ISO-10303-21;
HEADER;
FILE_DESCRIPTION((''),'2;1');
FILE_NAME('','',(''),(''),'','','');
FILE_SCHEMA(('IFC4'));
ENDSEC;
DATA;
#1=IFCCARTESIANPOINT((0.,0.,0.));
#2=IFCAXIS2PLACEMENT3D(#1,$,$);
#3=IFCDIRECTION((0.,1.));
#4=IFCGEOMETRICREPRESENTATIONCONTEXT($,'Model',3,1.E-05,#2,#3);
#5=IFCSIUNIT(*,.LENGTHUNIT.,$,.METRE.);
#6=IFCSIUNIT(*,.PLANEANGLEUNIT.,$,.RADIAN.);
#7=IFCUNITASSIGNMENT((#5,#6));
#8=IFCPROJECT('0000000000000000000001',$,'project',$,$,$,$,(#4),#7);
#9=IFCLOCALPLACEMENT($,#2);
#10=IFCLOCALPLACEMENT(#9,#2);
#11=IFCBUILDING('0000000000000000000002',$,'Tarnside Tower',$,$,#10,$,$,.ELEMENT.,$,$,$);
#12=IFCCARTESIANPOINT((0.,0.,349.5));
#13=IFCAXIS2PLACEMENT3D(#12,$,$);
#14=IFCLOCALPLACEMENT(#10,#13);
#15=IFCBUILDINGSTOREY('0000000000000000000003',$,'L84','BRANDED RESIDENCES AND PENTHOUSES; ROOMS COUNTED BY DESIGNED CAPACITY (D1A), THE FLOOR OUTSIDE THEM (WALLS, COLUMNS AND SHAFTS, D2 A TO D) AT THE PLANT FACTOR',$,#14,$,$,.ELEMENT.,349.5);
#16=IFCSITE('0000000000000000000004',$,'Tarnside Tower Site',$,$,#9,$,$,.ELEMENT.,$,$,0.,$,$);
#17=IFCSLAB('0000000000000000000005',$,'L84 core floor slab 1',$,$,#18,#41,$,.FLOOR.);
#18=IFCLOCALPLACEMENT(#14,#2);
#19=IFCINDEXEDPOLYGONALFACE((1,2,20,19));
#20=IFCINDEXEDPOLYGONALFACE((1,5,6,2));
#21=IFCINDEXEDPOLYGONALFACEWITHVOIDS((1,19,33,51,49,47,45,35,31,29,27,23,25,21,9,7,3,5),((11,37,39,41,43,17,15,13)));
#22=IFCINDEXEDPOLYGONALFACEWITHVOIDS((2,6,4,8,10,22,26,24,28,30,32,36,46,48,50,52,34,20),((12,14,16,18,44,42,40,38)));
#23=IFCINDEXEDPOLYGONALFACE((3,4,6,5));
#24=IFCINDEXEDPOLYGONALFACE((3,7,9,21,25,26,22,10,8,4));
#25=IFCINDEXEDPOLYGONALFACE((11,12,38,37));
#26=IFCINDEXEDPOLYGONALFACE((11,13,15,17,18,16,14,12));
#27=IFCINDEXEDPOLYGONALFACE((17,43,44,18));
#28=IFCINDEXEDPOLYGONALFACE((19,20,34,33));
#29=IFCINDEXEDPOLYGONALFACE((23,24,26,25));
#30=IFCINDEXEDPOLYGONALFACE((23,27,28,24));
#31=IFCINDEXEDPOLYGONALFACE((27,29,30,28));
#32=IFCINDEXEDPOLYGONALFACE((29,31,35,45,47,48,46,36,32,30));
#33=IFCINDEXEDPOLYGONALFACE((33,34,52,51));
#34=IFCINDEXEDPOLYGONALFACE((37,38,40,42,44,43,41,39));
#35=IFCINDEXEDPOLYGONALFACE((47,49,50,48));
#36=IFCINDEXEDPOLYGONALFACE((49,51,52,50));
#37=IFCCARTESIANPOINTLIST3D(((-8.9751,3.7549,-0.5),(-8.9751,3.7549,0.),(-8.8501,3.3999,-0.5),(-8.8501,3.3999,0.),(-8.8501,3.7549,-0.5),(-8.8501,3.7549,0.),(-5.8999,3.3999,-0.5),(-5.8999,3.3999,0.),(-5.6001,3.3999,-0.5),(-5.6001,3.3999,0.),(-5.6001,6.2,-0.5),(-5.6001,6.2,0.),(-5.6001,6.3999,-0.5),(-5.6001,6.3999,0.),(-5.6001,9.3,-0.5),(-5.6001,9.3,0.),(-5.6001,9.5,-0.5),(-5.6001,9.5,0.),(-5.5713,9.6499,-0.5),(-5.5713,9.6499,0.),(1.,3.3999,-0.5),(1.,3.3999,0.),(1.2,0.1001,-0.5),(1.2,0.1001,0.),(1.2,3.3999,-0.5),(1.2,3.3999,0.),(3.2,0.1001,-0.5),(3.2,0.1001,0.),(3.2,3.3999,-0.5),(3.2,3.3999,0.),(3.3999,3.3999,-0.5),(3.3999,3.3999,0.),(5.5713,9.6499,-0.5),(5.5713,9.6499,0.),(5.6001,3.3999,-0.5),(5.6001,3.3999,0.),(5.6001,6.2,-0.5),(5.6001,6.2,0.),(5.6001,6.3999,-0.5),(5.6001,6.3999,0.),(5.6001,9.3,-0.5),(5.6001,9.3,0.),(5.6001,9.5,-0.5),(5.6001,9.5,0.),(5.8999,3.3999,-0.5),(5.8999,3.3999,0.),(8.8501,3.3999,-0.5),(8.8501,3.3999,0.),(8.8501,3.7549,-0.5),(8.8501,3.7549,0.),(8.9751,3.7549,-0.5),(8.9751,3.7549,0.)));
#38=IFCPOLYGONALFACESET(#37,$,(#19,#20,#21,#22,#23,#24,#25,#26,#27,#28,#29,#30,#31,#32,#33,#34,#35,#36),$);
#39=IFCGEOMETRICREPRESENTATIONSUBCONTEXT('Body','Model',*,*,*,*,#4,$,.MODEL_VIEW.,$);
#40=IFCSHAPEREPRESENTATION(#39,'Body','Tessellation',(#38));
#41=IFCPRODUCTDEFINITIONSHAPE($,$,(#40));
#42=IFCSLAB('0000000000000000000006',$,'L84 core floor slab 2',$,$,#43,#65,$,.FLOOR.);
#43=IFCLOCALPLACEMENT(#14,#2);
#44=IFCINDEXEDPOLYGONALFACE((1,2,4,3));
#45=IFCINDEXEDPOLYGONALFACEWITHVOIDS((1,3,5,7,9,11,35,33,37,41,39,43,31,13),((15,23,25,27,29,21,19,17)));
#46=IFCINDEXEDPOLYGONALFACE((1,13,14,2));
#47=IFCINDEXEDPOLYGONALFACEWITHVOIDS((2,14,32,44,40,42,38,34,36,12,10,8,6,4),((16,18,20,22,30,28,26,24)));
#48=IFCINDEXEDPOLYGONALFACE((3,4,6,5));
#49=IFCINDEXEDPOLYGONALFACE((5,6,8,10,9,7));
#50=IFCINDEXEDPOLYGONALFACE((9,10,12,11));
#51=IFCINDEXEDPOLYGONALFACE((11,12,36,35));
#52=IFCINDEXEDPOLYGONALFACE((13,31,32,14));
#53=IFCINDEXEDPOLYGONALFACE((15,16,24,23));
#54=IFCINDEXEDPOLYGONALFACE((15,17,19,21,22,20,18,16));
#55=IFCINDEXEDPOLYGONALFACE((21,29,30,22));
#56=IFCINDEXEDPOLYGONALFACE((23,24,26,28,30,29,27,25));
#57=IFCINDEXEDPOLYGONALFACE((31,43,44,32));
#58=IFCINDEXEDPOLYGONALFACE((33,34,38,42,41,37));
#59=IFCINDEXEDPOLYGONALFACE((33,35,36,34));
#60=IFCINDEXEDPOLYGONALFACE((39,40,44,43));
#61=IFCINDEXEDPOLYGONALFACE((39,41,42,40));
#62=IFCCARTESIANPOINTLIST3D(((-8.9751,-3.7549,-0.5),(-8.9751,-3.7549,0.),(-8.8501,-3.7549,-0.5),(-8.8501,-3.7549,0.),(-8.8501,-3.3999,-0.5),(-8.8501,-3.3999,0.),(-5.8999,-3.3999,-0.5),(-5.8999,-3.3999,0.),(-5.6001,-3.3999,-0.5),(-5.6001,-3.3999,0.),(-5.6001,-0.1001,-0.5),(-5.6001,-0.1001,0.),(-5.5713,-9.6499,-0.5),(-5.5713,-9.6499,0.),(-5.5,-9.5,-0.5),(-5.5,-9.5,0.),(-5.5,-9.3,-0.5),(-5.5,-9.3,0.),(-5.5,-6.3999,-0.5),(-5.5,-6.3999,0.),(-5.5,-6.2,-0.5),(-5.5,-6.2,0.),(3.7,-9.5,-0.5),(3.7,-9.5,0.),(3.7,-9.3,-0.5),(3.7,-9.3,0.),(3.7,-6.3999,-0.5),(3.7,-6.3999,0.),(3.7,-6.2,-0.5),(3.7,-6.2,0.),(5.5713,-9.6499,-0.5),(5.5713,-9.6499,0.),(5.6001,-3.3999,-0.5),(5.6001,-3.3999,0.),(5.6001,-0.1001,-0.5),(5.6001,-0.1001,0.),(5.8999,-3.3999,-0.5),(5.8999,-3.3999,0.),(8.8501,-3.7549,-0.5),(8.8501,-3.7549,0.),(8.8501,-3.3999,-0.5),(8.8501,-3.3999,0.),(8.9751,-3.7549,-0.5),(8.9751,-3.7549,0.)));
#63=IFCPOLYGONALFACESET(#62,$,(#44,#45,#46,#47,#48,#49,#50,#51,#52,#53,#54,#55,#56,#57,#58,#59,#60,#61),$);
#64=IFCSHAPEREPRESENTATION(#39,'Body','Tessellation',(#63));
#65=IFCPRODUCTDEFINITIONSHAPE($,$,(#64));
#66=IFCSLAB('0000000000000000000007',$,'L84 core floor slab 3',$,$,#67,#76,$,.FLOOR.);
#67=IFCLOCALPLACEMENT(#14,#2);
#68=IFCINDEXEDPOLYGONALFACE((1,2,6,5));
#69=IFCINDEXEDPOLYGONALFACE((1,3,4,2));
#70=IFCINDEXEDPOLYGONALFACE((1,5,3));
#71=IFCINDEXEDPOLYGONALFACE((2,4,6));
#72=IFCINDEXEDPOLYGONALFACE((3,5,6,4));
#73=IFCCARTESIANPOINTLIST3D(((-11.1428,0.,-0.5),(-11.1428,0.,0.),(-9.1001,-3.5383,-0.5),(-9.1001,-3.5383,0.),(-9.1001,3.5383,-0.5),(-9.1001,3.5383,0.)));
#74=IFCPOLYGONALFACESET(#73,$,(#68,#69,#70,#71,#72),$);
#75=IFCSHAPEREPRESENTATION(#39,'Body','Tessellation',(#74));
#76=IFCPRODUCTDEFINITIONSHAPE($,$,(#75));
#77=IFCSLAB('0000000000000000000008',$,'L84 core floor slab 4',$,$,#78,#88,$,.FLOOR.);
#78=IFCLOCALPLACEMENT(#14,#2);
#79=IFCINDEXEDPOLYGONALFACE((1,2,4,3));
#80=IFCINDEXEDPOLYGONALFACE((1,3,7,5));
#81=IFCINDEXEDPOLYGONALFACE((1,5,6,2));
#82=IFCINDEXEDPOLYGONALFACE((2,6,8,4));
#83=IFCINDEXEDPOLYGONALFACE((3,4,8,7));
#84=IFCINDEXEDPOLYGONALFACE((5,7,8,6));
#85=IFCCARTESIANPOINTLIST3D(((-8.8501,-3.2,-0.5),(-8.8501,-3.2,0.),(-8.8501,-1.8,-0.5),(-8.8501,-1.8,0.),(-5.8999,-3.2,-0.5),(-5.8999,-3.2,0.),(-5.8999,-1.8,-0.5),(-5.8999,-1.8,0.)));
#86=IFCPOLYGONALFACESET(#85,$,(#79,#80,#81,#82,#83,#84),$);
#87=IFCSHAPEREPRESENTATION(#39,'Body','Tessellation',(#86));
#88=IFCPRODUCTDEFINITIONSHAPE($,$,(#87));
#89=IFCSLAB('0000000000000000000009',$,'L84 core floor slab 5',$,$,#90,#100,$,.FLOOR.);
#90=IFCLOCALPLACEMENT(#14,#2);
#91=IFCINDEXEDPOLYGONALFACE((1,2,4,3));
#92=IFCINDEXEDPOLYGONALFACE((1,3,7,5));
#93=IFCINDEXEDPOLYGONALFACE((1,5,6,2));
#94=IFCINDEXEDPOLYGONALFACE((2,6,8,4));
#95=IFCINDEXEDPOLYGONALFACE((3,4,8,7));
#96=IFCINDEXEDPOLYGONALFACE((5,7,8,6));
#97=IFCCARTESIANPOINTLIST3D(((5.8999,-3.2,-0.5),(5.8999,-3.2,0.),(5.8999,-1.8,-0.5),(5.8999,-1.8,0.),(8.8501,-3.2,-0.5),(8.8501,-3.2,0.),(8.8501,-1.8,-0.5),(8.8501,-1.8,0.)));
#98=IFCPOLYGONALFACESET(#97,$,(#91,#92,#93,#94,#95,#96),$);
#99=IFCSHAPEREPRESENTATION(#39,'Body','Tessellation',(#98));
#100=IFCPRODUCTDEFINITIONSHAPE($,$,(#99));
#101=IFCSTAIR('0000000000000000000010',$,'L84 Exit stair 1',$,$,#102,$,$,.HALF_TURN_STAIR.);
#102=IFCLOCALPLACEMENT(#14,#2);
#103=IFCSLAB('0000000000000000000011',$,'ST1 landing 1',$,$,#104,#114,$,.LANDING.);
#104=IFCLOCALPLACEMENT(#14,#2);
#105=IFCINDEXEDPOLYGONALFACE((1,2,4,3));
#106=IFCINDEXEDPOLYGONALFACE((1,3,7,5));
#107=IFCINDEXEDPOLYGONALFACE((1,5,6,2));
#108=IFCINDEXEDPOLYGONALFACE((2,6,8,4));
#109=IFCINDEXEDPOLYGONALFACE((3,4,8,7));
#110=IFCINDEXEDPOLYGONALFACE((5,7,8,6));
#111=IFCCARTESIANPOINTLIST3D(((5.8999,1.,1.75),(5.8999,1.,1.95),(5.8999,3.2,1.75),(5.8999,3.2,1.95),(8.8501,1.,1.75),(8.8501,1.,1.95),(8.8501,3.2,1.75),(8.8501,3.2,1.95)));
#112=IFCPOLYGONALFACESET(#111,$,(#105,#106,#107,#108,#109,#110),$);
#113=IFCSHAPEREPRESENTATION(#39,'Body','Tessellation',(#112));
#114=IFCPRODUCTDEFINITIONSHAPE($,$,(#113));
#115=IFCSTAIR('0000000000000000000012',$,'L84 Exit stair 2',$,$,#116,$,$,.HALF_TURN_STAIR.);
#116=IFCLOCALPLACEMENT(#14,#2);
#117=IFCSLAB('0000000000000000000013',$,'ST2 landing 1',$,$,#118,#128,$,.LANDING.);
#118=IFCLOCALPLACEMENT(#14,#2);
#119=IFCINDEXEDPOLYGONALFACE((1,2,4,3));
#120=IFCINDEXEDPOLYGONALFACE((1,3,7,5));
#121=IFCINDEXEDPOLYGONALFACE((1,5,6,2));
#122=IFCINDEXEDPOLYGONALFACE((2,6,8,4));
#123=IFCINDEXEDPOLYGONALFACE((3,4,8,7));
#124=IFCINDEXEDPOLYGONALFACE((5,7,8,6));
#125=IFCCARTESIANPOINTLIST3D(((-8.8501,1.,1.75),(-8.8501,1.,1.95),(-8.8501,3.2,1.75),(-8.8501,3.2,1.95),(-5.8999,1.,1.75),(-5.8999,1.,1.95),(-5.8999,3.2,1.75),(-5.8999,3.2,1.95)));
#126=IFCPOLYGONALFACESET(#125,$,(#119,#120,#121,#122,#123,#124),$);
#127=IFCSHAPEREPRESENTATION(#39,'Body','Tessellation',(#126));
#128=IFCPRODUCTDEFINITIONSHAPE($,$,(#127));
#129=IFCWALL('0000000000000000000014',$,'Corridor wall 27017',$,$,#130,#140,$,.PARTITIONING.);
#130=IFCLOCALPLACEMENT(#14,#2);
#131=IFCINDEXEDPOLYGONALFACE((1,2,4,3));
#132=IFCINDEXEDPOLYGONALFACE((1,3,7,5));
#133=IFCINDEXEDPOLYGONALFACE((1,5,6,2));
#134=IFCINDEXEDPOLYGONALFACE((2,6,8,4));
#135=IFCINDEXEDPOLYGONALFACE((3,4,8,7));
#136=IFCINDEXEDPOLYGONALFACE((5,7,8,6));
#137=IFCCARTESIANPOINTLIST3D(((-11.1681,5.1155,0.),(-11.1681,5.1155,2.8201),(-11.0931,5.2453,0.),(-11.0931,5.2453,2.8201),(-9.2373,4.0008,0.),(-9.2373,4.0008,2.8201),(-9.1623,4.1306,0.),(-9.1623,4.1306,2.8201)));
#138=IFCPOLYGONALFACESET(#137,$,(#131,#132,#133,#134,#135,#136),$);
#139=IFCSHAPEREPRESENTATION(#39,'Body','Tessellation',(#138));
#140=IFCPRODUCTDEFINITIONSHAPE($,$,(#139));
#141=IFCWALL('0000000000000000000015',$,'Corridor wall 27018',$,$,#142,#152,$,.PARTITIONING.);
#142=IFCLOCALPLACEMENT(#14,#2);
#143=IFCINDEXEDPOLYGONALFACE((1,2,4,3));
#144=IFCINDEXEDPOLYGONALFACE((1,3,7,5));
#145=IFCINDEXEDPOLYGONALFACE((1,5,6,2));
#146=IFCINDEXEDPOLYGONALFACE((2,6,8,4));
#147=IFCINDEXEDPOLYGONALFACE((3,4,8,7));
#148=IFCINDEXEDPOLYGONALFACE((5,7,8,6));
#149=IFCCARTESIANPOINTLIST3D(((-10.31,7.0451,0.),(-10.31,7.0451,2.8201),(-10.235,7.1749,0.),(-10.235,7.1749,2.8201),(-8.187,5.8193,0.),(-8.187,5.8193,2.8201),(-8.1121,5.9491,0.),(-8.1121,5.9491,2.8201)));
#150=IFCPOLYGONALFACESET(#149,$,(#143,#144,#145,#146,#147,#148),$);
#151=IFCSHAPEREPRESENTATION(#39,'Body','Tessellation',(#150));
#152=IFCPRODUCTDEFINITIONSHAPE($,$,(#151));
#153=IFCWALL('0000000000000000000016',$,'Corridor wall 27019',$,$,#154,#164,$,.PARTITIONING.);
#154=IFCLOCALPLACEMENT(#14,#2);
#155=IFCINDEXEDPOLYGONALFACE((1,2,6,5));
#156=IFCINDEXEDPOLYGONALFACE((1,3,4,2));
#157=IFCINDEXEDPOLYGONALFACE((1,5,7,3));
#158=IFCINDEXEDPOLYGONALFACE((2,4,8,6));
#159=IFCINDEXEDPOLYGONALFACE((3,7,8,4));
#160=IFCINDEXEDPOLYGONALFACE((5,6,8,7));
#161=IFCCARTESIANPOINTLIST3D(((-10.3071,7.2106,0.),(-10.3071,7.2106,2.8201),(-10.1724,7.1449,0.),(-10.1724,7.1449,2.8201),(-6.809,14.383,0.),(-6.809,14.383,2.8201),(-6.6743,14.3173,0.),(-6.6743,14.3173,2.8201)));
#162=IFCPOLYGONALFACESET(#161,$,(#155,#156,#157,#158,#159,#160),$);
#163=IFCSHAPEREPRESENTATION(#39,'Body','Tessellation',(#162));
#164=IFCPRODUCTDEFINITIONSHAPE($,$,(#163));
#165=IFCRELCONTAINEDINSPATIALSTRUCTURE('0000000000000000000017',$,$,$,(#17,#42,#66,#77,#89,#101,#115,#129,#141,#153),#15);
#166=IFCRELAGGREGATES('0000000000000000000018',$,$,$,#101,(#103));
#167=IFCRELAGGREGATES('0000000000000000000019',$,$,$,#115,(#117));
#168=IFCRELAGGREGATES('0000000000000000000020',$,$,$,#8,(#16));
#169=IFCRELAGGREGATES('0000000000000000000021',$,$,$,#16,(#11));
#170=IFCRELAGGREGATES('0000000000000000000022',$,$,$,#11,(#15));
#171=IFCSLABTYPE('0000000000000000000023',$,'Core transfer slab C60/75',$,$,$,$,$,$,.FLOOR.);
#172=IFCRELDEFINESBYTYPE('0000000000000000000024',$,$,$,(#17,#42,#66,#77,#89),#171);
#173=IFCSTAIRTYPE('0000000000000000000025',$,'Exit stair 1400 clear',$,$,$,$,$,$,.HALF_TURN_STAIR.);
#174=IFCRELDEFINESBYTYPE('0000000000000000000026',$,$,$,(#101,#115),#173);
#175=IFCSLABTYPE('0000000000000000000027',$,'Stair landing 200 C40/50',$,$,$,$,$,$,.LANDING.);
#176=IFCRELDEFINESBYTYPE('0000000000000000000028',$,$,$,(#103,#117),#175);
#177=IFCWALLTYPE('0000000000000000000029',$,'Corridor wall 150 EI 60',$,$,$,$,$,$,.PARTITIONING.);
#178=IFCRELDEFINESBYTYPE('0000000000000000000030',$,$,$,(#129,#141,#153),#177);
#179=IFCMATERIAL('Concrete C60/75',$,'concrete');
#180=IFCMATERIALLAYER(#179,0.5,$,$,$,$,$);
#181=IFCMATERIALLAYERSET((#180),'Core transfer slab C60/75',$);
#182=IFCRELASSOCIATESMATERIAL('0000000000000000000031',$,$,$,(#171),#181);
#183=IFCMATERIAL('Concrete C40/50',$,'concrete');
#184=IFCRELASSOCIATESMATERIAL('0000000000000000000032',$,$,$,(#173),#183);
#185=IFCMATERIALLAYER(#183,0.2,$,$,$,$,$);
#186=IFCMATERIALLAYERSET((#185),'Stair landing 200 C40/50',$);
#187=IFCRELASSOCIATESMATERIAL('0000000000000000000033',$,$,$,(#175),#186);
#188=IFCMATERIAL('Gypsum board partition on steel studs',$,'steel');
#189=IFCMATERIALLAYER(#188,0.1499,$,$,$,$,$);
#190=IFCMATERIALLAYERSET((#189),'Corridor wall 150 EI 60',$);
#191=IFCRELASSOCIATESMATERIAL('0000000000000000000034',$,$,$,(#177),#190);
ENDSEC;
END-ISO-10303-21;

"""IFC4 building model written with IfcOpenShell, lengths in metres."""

from ifc_helpers import new_model, si_unit, direction, frame, frame_2d, origin, place, context, subcontext, project, spatial, polyline, rectangle, outline, extrude, material, layer, layer_set, type_object, element, aggregate, save


model = new_model("IFC4")

# Units and contexts
model_context = context("Model", 3, precision=1e-05, world=origin(), true_north=direction((0.0, 1.0)))
body_context = subcontext(model_context, "Body", "Model", "MODEL_VIEW")
ifc_project = project(units=[si_unit("LENGTHUNIT", "METRE"), si_unit("PLANEANGLEUNIT", "RADIAN")], contexts=[model_context])

# Site, building, storey
site_placement = place(None, origin())
site = spatial("IfcSite", under=ifc_project, at=site_placement, Name="Tarnside Tower Site", CompositionType="ELEMENT", RefElevation=0.0)
building_placement = place(site_placement, origin())
building = spatial("IfcBuilding", under=site, at=building_placement, Name="Tarnside Tower", CompositionType="ELEMENT")
storey_placement = place(building_placement, frame((0.0, 0.0, 349.5)))
storey = spatial("IfcBuildingStorey", under=building, at=storey_placement, Name="L84", Description="BRANDED RESIDENCES AND PENTHOUSES; ROOMS COUNTED BY DESIGNED CAPACITY (D1A), THE FLOOR OUTSIDE THEM (WALLS, COLUMNS AND SHAFTS, D2 A TO D) AT THE PLANT FACTOR", CompositionType="ELEMENT", Elevation=349.5)

# Slabs
ifc_material_1 = material(Name="Concrete C60/75", Category="concrete")
ifc_layer_1 = layer(ifc_material_1, 0.5)
ifc_layer_set_1 = layer_set([ifc_layer_1], Name="Core transfer slab C60/75")
slab_type_1 = type_object("IfcSlabType", Name="Core transfer slab C60/75", PredefinedType="FLOOR", material=ifc_layer_set_1)
slab_1_placement = place(storey_placement, frame((0.0, 0.0, -0.5)))
element("IfcSlab", 1, at=slab_1_placement, inside=storey, type_object=slab_type_1, Name="L84 core floor slab 1", PredefinedType="FLOOR", context=body_context, shape_type="SweptSolid", body=[
    extrude(outline(polyline([(5.5713, 9.6499), (8.9751, 3.7549), (8.8501, 3.7549), (8.8501, 3.3999), (5.8999, 3.3999), (5.6001, 3.3999), (3.3999, 3.3999), (3.2, 3.3999), (3.2, 0.1001), (1.2, 0.1001), (1.2, 3.3999), (1.0, 3.3999), (-5.6001, 3.3999), (-5.8999, 3.3999), (-8.8501, 3.3999), (-8.8501, 3.7549), (-8.9751, 3.7549), (-5.5713, 9.6499), (5.5713, 9.6499)]), holes=[polyline([(-5.6001, 6.2), (5.6001, 6.2), (5.6001, 6.3999), (5.6001, 9.3), (5.6001, 9.5), (-5.6001, 9.5), (-5.6001, 9.3), (-5.6001, 6.3999), (-5.6001, 6.2)])]), origin(), (0.0, 0.0, 1.0), 0.5),
])
slab_2_placement = place(storey_placement, frame((0.0, 0.0, -0.5)))
element("IfcSlab", 2, at=slab_2_placement, inside=storey, type_object=slab_type_1, Name="L84 core floor slab 2", PredefinedType="FLOOR", context=body_context, shape_type="SweptSolid", body=[
    extrude(outline(polyline([(5.6001, -0.1001), (5.6001, -3.3999), (5.8999, -3.3999), (8.8501, -3.3999), (8.8501, -3.7549), (8.9751, -3.7549), (5.5713, -9.6499), (-5.5713, -9.6499), (-8.9751, -3.7549), (-8.8501, -3.7549), (-8.8501, -3.3999), (-5.8999, -3.3999), (-5.6001, -3.3999), (-5.6001, -0.1001), (5.6001, -0.1001)]), holes=[polyline([(-5.5, -9.5), (3.7, -9.5), (3.7, -9.3), (3.7, -6.3999), (3.7, -6.2), (-5.5, -6.2), (-5.5, -6.3999), (-5.5, -9.3), (-5.5, -9.5)])]), origin(), (0.0, 0.0, 1.0), 0.5),
])
slab_3_placement = place(storey_placement, frame((0.0, 0.0, -0.5)))
element("IfcSlab", 3, at=slab_3_placement, inside=storey, type_object=slab_type_1, Name="L84 core floor slab 3", PredefinedType="FLOOR", context=body_context, shape_type="SweptSolid", body=[
    extrude(outline(polyline([(-11.1428, 0.0), (-9.1001, 3.5383), (-9.1001, -3.5383), (-11.1428, 0.0)])), origin(), (0.0, 0.0, 1.0), 0.5),
])
slab_4_placement = place(storey_placement, frame((0.0, 0.0, -0.5)))
element("IfcSlab", 4, at=slab_4_placement, inside=storey, type_object=slab_type_1, Name="L84 core floor slab 4", PredefinedType="FLOOR", context=body_context, shape_type="SweptSolid", body=[
    extrude(outline(polyline([(-8.8501, -3.2), (-8.8501, -1.8), (-5.8999, -1.8), (-5.8999, -3.2), (-8.8501, -3.2)])), origin(), (0.0, 0.0, 1.0), 0.5),
])
slab_5_placement = place(storey_placement, frame((0.0, 0.0, -0.5)))
element("IfcSlab", 5, at=slab_5_placement, inside=storey, type_object=slab_type_1, Name="L84 core floor slab 5", PredefinedType="FLOOR", context=body_context, shape_type="SweptSolid", body=[
    extrude(outline(polyline([(5.8999, -1.8), (8.8501, -1.8), (8.8501, -3.2), (5.8999, -3.2), (5.8999, -1.8)])), origin(), (0.0, 0.0, 1.0), 0.5),
])

# Stairs, slabs
ifc_material_2 = material(Name="Concrete C40/50", Category="concrete")
stair_type = type_object("IfcStairType", Name="Exit stair 1400 clear", PredefinedType="HALF_TURN_STAIR", material=ifc_material_2)
stair_1_placement = place(storey_placement, origin())
stair_1 = element("IfcStair", 6, at=stair_1_placement, inside=storey, type_object=stair_type, Name="L84 Exit stair 1", PredefinedType="HALF_TURN_STAIR")
ifc_layer_2 = layer(ifc_material_2, 0.2)
ifc_layer_set_2 = layer_set([ifc_layer_2], Name="Stair landing 200 C40/50")
slab_type_2 = type_object("IfcSlabType", Name="Stair landing 200 C40/50", PredefinedType="LANDING", material=ifc_layer_set_2)
slab_6_placement = place(storey_placement, frame((0.0, 0.0, 1.75)))
slab_6 = element("IfcSlab", 7, at=slab_6_placement, type_object=slab_type_2, Name="ST1 landing 1", PredefinedType="LANDING", context=body_context, shape_type="SweptSolid", body=[
    extrude(outline(polyline([(8.8501, 1.0), (8.8501, 3.2), (5.8999, 3.2), (5.8999, 1.0), (8.8501, 1.0)])), origin(), (0.0, 0.0, 1.0), 0.2),
])
aggregate(stair_1, [slab_6])
stair_2_placement = place(storey_placement, origin())
stair_2 = element("IfcStair", 8, at=stair_2_placement, inside=storey, type_object=stair_type, Name="L84 Exit stair 2", PredefinedType="HALF_TURN_STAIR")
slab_7_placement = place(storey_placement, frame((0.0, 0.0, 1.75)))
slab_7 = element("IfcSlab", 9, at=slab_7_placement, type_object=slab_type_2, Name="ST2 landing 1", PredefinedType="LANDING", context=body_context, shape_type="SweptSolid", body=[
    extrude(outline(polyline([(-5.8999, 1.0), (-5.8999, 3.2), (-8.8501, 3.2), (-8.8501, 1.0), (-5.8999, 1.0)])), origin(), (0.0, 0.0, 1.0), 0.2),
])

# Walls
ifc_material_3 = material(Name="Gypsum board partition on steel studs", Category="steel")
ifc_layer_3 = layer(ifc_material_3, 0.1499)
ifc_layer_set_3 = layer_set([ifc_layer_3], Name="Corridor wall 150 EI 60")
wall_type_1 = type_object("IfcWallType", Name="Corridor wall 150 EI 60", PredefinedType="PARTITIONING", material=ifc_layer_set_3)
wall_1_placement = place(storey_placement, frame((-11.1306, 5.1804, 0.0), z_axis=(0.0, 0.0, 1.0), x_axis=(0.866038, -0.499978, 0.0)))
element("IfcWall", 10, at=wall_1_placement, inside=storey, type_object=wall_type_1, Name="Corridor wall 27017", PredefinedType="PARTITIONING", context=body_context, shape_type="SweptSolid", body=[
    extrude(rectangle(XDim=2.2295, YDim=0.1499, at=frame_2d((1.1147, 0.0))), origin(), (0.0, 0.0, 1.0), 2.8201),
])
wall_2_placement = place(storey_placement, frame((-8.1497, 5.8843, 0.0), z_axis=(0.0, 0.0, 1.0), x_axis=(-0.86601, 0.500027, 0.0)))
element("IfcWall", 11, at=wall_2_placement, inside=storey, type_object=wall_type_1, Name="Corridor wall 27018", PredefinedType="PARTITIONING", context=body_context, shape_type="SweptSolid", body=[
    extrude(rectangle(XDim=2.4514, YDim=0.1499, at=frame_2d((1.2256, 0.0))), origin(), (0.0, 0.0, 1.0), 2.8201),
])
wall_3_placement = place(storey_placement, frame((-10.2397, 7.1777, 0.0), z_axis=(0.0, 0.0, 1.0), x_axis=(0.438356, 0.898801, 0.0)))
element("IfcWall", 12, at=wall_3_placement, inside=storey, type_object=wall_type_1, Name="Corridor wall 27019", PredefinedType="PARTITIONING", context=body_context, shape_type="SweptSolid", body=[
    extrude(rectangle(XDim=7.98, YDim=0.1499, at=frame_2d((3.99, 0.0))), origin(), (0.0, 0.0, 1.0), 2.8201),
])

aggregate(stair_2, [slab_7])

save(model, "model.ifc")
